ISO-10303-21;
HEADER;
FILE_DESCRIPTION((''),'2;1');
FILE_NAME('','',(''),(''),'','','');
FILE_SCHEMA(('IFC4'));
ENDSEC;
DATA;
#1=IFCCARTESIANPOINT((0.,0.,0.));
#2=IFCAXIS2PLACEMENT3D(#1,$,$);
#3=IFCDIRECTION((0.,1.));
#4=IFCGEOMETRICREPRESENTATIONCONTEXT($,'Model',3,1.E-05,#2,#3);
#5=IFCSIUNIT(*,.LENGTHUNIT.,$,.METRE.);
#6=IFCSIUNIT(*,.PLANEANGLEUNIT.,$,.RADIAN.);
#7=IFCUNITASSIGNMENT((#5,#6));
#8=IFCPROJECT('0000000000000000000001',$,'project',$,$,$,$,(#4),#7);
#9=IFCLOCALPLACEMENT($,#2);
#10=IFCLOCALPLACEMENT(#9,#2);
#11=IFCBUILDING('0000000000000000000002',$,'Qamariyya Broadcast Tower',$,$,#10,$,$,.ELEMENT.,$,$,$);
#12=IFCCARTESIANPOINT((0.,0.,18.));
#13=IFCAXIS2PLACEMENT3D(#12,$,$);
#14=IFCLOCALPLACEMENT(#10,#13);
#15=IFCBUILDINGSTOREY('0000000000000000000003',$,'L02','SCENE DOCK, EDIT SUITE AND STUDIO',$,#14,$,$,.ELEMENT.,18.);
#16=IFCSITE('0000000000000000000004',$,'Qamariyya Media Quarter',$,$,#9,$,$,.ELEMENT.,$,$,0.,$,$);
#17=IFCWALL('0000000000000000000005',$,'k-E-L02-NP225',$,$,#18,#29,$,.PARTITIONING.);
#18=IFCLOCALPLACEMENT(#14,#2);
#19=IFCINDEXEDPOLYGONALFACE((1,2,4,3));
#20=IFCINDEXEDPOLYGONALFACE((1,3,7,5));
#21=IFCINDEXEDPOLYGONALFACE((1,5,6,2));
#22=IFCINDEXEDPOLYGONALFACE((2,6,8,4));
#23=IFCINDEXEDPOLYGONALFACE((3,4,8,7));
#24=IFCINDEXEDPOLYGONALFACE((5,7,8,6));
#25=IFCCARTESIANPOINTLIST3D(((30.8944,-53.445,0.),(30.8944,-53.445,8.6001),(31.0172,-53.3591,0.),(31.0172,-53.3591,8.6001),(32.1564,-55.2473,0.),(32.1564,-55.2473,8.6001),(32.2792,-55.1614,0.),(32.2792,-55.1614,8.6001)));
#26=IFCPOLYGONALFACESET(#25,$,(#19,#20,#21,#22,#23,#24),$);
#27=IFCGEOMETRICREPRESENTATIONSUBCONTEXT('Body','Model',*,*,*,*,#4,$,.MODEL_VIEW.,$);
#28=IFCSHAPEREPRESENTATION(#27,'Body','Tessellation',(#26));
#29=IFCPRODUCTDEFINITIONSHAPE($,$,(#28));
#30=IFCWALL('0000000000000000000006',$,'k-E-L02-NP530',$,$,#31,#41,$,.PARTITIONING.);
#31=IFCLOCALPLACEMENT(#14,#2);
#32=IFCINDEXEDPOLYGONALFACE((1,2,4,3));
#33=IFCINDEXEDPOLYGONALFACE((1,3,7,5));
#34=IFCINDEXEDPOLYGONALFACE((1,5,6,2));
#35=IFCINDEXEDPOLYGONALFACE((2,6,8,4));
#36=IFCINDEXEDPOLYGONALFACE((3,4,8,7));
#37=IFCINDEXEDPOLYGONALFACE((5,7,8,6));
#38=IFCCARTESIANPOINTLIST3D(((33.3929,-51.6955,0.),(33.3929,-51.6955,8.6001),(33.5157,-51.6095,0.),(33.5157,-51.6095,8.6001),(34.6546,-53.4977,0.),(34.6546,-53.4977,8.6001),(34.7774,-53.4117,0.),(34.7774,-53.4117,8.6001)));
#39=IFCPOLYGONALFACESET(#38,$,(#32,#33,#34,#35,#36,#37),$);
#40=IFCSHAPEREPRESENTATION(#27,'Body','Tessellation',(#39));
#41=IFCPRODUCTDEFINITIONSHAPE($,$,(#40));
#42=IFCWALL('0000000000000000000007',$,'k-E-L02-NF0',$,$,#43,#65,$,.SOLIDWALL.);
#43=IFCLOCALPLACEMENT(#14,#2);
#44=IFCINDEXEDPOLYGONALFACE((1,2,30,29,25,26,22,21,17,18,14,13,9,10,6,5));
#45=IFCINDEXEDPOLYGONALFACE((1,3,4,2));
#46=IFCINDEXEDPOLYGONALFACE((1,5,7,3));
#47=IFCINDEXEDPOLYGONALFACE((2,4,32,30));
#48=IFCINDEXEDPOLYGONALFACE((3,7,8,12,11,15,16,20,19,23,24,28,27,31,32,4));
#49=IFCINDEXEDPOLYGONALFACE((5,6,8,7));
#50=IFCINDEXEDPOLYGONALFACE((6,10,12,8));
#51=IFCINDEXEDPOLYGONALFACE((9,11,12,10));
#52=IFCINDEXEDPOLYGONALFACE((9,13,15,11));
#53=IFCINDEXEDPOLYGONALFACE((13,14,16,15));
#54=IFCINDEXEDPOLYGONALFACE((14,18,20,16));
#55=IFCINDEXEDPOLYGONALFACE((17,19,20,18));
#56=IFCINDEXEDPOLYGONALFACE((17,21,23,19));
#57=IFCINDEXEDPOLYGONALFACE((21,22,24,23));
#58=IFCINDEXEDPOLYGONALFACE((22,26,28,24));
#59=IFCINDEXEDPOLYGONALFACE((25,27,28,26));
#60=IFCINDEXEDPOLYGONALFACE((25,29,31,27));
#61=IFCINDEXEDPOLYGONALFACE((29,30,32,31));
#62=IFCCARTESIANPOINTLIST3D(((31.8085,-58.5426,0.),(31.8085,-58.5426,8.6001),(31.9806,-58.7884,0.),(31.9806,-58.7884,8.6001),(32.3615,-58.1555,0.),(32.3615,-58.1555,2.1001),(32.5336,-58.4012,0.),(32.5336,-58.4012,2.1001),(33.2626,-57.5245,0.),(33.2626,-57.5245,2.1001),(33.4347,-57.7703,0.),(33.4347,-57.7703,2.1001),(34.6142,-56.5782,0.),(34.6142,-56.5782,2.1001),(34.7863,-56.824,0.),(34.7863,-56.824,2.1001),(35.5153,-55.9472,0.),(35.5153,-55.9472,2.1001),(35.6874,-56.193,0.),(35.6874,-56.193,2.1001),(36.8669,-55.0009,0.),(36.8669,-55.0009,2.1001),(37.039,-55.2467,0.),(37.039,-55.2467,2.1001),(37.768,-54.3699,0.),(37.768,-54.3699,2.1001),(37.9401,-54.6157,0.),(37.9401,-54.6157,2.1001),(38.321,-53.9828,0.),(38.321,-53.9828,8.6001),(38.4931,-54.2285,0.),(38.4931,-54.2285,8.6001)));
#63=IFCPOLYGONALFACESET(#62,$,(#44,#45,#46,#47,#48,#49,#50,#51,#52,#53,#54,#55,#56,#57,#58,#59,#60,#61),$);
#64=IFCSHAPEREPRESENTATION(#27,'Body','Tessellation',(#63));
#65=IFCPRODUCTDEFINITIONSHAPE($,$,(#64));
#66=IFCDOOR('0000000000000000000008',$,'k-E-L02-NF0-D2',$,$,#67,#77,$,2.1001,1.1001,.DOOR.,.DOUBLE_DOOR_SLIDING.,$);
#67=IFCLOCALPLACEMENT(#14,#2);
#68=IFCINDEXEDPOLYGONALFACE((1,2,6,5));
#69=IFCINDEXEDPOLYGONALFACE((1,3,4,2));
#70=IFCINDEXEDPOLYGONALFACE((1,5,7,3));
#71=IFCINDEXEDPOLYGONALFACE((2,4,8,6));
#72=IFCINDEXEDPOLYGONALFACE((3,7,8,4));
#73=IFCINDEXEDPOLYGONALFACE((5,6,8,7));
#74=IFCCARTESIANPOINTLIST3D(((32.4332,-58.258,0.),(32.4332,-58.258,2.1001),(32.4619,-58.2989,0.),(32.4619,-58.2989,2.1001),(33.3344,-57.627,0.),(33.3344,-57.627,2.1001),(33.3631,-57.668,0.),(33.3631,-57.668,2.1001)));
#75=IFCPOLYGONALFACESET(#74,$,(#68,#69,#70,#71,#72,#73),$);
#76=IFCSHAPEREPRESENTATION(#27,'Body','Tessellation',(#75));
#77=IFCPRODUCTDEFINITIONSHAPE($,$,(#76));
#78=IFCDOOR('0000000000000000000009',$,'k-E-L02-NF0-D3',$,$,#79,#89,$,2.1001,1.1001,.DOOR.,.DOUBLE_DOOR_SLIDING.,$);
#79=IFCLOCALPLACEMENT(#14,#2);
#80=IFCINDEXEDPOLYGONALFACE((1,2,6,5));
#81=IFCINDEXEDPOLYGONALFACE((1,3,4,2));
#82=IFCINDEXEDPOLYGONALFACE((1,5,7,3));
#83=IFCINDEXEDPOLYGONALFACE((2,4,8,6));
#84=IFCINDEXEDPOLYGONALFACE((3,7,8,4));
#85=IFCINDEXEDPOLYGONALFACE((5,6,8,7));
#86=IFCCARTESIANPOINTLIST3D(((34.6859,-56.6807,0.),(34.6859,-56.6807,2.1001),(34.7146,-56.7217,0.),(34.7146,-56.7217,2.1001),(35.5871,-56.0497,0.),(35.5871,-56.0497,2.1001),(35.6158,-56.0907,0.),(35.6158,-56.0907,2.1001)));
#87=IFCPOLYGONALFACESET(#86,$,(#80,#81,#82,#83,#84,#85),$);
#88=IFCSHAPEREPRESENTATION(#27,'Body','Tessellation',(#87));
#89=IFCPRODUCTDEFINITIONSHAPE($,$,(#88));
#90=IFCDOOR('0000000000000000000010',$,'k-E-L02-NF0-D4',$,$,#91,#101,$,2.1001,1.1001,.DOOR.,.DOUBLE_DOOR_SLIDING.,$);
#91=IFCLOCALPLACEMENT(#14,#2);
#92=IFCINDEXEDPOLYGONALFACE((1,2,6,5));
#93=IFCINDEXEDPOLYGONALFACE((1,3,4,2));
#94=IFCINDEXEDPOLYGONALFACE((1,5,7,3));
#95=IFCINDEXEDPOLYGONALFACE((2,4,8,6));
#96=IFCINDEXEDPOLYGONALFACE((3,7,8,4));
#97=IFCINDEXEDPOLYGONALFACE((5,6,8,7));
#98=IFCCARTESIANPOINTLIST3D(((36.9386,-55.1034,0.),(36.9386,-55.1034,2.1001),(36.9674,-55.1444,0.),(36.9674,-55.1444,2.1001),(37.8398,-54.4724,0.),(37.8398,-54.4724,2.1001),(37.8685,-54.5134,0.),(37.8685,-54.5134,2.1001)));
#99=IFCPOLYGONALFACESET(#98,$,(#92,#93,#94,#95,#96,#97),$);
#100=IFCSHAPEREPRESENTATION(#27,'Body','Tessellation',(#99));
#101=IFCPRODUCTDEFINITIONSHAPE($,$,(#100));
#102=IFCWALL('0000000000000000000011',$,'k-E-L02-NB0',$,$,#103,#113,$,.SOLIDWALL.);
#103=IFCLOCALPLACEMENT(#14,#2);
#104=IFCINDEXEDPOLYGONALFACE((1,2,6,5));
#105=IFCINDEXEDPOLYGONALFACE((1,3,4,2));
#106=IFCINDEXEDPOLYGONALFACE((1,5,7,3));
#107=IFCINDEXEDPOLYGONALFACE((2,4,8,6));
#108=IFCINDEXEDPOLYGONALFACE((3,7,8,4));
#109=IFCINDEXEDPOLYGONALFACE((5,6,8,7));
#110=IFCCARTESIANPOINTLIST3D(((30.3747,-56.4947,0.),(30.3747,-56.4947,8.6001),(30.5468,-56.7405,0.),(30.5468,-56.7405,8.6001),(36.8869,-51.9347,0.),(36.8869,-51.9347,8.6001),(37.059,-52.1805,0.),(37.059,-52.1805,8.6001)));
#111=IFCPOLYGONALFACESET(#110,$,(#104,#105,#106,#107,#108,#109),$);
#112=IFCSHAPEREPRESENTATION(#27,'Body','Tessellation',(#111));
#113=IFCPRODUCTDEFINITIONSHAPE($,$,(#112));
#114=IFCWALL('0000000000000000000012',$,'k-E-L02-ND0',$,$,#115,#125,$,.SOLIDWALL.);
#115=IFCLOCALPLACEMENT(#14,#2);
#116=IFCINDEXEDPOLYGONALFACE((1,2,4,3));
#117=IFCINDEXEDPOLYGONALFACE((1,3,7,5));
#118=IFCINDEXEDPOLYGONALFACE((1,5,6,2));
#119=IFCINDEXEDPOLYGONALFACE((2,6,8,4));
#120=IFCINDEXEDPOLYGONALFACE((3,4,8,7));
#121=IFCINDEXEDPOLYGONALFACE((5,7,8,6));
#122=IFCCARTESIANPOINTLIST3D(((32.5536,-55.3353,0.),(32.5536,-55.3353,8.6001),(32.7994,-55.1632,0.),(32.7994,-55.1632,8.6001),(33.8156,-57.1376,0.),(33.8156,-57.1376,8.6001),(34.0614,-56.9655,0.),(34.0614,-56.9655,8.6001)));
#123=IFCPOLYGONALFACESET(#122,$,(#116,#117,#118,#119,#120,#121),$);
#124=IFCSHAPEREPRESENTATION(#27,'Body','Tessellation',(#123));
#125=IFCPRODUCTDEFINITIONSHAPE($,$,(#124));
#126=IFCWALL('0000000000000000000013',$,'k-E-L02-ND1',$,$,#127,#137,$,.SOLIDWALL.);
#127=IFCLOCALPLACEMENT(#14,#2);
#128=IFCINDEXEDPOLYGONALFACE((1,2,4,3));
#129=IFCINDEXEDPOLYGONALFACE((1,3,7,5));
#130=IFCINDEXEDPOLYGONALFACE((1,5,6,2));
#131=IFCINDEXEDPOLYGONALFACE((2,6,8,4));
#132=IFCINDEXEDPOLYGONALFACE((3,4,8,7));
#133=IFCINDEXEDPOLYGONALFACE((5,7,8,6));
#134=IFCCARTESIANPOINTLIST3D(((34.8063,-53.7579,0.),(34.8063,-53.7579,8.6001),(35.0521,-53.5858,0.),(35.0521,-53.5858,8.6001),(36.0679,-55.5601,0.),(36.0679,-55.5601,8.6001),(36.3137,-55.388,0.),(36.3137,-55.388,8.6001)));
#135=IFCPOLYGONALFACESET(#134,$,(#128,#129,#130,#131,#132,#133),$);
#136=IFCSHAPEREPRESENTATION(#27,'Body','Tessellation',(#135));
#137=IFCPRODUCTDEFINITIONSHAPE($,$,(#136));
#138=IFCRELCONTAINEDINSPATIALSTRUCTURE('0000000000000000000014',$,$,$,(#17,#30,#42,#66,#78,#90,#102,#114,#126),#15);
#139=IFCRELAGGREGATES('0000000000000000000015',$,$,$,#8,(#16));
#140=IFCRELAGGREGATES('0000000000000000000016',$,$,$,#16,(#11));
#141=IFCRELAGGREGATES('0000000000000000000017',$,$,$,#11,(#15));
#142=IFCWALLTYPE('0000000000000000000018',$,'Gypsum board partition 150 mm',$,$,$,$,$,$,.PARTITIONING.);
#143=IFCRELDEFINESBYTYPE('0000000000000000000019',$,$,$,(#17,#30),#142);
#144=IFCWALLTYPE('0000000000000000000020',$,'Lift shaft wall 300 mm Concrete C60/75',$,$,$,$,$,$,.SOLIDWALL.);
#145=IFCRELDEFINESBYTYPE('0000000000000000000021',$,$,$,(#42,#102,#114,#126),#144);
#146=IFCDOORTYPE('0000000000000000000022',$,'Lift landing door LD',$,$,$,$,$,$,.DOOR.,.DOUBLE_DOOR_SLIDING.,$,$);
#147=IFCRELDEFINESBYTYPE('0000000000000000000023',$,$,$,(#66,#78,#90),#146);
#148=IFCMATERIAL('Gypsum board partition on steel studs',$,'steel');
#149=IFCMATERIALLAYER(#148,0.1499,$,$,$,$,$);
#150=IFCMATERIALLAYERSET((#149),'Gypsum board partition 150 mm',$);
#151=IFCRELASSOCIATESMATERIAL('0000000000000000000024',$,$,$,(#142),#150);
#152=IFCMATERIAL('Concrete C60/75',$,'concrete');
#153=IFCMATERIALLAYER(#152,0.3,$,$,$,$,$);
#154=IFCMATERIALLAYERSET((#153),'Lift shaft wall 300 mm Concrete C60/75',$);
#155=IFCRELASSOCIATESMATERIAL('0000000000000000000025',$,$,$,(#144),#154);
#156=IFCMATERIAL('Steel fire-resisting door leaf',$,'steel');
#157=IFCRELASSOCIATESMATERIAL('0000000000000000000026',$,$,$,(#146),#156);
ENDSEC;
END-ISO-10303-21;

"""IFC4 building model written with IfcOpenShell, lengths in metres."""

from ifc_helpers import new_model, si_unit, direction, frame, frame_2d, origin, place, context, subcontext, project, spatial, rectangle, extrude, material, layer, layer_set, type_object, element, fill, save


model = new_model("IFC4")

# Units and contexts
model_context = context("Model", 3, precision=1e-05, world=origin(), true_north=direction((0.0, 1.0)))
body_context = subcontext(model_context, "Body", "Model", "MODEL_VIEW")
ifc_project = project(units=[si_unit("LENGTHUNIT", "METRE"), si_unit("PLANEANGLEUNIT", "RADIAN")], contexts=[model_context])

# Site, building, storey
site_placement = place(None, origin())
site = spatial("IfcSite", under=ifc_project, at=site_placement, Name="Qamariyya Media Quarter", CompositionType="ELEMENT", RefElevation=0.0)
building_placement = place(site_placement, origin())
building = spatial("IfcBuilding", under=site, at=building_placement, Name="Qamariyya Broadcast Tower", CompositionType="ELEMENT")
storey_placement = place(building_placement, frame((0.0, 0.0, 18.0)))
storey = spatial("IfcBuildingStorey", under=building, at=storey_placement, Name="L02", Description="SCENE DOCK, EDIT SUITE AND STUDIO", CompositionType="ELEMENT", Elevation=18.0)

# Shared definitions
ifc_material_1 = material(Name="Steel fire-resisting door leaf", Category="steel")

# Walls
ifc_material_2 = material(Name="Gypsum board partition on steel studs", Category="steel")
ifc_layer_1 = layer(ifc_material_2, 0.1499)
ifc_layer_set_1 = layer_set([ifc_layer_1], Name="Gypsum board partition 150 mm")
wall_type_1 = type_object("IfcWallType", Name="Gypsum board partition 150 mm", PredefinedType="PARTITIONING", material=ifc_layer_set_1)
wall_1_placement = place(storey_placement, frame((32.2178, -55.2043, 0.0), z_axis=(0.0, 0.0, 1.0), x_axis=(-0.573581, 0.819149, 0.0)))
element("IfcWall", 1, at=wall_1_placement, inside=storey, type_object=wall_type_1, Name="k-E-L02-NP225", PredefinedType="PARTITIONING", context=body_context, shape_type="SweptSolid", body=[
    extrude(rectangle(XDim=2.2002, YDim=0.1499, at=frame_2d((1.1001, 0.0))), origin(), (0.0, 0.0, 1.0), 8.6001),
])
wall_2_placement = place(storey_placement, frame((34.7161, -53.4548, 0.0), z_axis=(0.0, 0.0, 1.0), x_axis=(-0.573507, 0.819201, 0.0)))
element("IfcWall", 2, at=wall_2_placement, inside=storey, type_object=wall_type_1, Name="k-E-L02-NP530", PredefinedType="PARTITIONING", context=body_context, shape_type="SweptSolid", body=[
    extrude(rectangle(XDim=2.2, YDim=0.1499, at=frame_2d((1.1001, 0.0))), origin(), (0.0, 0.0, 1.0), 8.6001),
])

# Wall, openings, doors
ifc_material_3 = material(Name="Concrete C60/75", Category="concrete")
ifc_layer_2 = layer(ifc_material_3, 0.3)
ifc_layer_set_2 = layer_set([ifc_layer_2], Name="Lift shaft wall 300 mm Concrete C60/75")
wall_type_2 = type_object("IfcWallType", Name="Lift shaft wall 300 mm Concrete C60/75", PredefinedType="SOLIDWALL", material=ifc_layer_set_2)
wall_3_placement = place(storey_placement, frame((31.8945, -58.6655, 0.0), z_axis=(0.0, 0.0, 1.0), x_axis=(0.819167, 0.573555, 0.0)))
wall_3 = element("IfcWall", 3, at=wall_3_placement, inside=storey, type_object=wall_type_2, Name="k-E-L02-NF0", PredefinedType="SOLIDWALL", context=body_context, shape_type="SweptSolid", body=[
    extrude(rectangle(XDim=7.9502, YDim=0.3, at=frame_2d((3.9751, 0.0))), origin(), (0.0, 0.0, 1.0), 8.6001),
])
opening_1_placement = place(wall_3_placement, frame((0.675, 0.0, 0.0)))
opening_1 = element("IfcOpeningElement", 4, at=opening_1_placement, cuts=wall_3, PredefinedType="OPENING", context=body_context, shape_type="SweptSolid", body=[
    extrude(rectangle(XDim=1.1001, YDim=2.1001, at=frame_2d((0.55, 1.05))), frame((0.0, 0.1599, 0.0), z_axis=(0.0, -1.0, 0.0), x_axis=(1.0, 0.0, 0.0)), (0.0, 0.0, 1.0), 0.3201),
])
opening_2_placement = place(wall_3_placement, frame((3.425, 0.0, 0.0)))
opening_2 = element("IfcOpeningElement", 5, at=opening_2_placement, cuts=wall_3, PredefinedType="OPENING", context=body_context, shape_type="SweptSolid", body=[
    extrude(rectangle(XDim=1.1001, YDim=2.1001, at=frame_2d((0.55, 1.05))), frame((0.0, 0.1599, 0.0), z_axis=(0.0, -1.0, 0.0), x_axis=(1.0, 0.0, 0.0)), (0.0, 0.0, 1.0), 0.3201),
])
opening_3_placement = place(wall_3_placement, frame((6.175, 0.0, 0.0)))
opening_3 = element("IfcOpeningElement", 6, at=opening_3_placement, cuts=wall_3, PredefinedType="OPENING", context=body_context, shape_type="SweptSolid", body=[
    extrude(rectangle(XDim=1.1001, YDim=2.1001, at=frame_2d((0.55, 1.05))), frame((0.0, 0.1599, 0.0), z_axis=(0.0, -1.0, 0.0), x_axis=(1.0, 0.0, 0.0)), (0.0, 0.0, 1.0), 0.3201),
])
door_type_1 = type_object("IfcDoorType", Name="Lift landing door LD", OperationType="DOUBLE_DOOR_SLIDING", PredefinedType="DOOR", material=ifc_material_1)
door_1_placement = place(opening_1_placement, origin())
door_1 = element("IfcDoor", 7, at=door_1_placement, inside=storey, type_object=door_type_1, Name="k-E-L02-NF0-D2", OperationType="DOUBLE_DOOR_SLIDING", OverallHeight=2.1001, OverallWidth=1.1001, PredefinedType="DOOR", context=body_context, shape_type="SweptSolid", body=[
    extrude(rectangle(XDim=1.1001, YDim=2.1001, at=frame_2d((0.55, 1.05))), frame((0.0, 0.0249, 0.0), z_axis=(0.0, -1.0, 0.0), x_axis=(1.0, 0.0, 0.0)), (0.0, 0.0, 1.0), 0.05),
])
fill(opening_1, door_1)
door_2_placement = place(opening_2_placement, origin())
door_2 = element("IfcDoor", 8, at=door_2_placement, inside=storey, type_object=door_type_1, Name="k-E-L02-NF0-D3", OperationType="DOUBLE_DOOR_SLIDING", OverallHeight=2.1001, OverallWidth=1.1001, PredefinedType="DOOR", context=body_context, shape_type="SweptSolid", body=[
    extrude(rectangle(XDim=1.1001, YDim=2.1001, at=frame_2d((0.55, 1.05))), frame((0.0, 0.0249, 0.0), z_axis=(0.0, -1.0, 0.0), x_axis=(1.0, 0.0, 0.0)), (0.0, 0.0, 1.0), 0.05),
])
fill(opening_2, door_2)
door_3_placement = place(opening_3_placement, origin())
door_3 = element("IfcDoor", 9, at=door_3_placement, inside=storey, type_object=door_type_1, Name="k-E-L02-NF0-D4", OperationType="DOUBLE_DOOR_SLIDING", OverallHeight=2.1001, OverallWidth=1.1001, PredefinedType="DOOR", context=body_context, shape_type="SweptSolid", body=[
    extrude(rectangle(XDim=1.1001, YDim=2.1001, at=frame_2d((0.55, 1.05))), frame((0.0, 0.0249, 0.0), z_axis=(0.0, -1.0, 0.0), x_axis=(1.0, 0.0, 0.0)), (0.0, 0.0, 1.0), 0.05),
])
fill(opening_3, door_3)

# Walls
wall_4_placement = place(storey_placement, frame((30.4607, -56.6177, 0.0), z_axis=(0.0, 0.0, 1.0), x_axis=(0.819142, 0.57359, 0.0)))
element("IfcWall", 10, at=wall_4_placement, inside=storey, type_object=wall_type_2, Name="k-E-L02-NB0", PredefinedType="SOLIDWALL", context=body_context, shape_type="SweptSolid", body=[
    extrude(rectangle(XDim=7.95, YDim=0.3, at=frame_2d((3.9751, 0.0))), origin(), (0.0, 0.0, 1.0), 8.6001),
])
wall_5_placement = place(storey_placement, frame((33.9385, -57.0515, 0.0), z_axis=(0.0, 0.0, 1.0), x_axis=(-0.573581, 0.819149, 0.0)))
element("IfcWall", 11, at=wall_5_placement, inside=storey, type_object=wall_type_2, Name="k-E-L02-ND0", PredefinedType="SOLIDWALL", context=body_context, shape_type="SweptSolid", body=[
    extrude(rectangle(XDim=2.2002, YDim=0.3, at=frame_2d((1.1001, 0.0))), origin(), (0.0, 0.0, 1.0), 8.6001),
])
wall_6_placement = place(storey_placement, frame((36.1909, -55.4741, 0.0), z_axis=(0.0, 0.0, 1.0), x_axis=(-0.573507, 0.819201, 0.0)))
element("IfcWall", 12, at=wall_6_placement, inside=storey, type_object=wall_type_2, Name="k-E-L02-ND1", PredefinedType="SOLIDWALL", context=body_context, shape_type="SweptSolid", body=[
    extrude(rectangle(XDim=2.2, YDim=0.3, at=frame_2d((1.1001, 0.0))), origin(), (0.0, 0.0, 1.0), 8.6001),
])

save(model, "model.ifc")
